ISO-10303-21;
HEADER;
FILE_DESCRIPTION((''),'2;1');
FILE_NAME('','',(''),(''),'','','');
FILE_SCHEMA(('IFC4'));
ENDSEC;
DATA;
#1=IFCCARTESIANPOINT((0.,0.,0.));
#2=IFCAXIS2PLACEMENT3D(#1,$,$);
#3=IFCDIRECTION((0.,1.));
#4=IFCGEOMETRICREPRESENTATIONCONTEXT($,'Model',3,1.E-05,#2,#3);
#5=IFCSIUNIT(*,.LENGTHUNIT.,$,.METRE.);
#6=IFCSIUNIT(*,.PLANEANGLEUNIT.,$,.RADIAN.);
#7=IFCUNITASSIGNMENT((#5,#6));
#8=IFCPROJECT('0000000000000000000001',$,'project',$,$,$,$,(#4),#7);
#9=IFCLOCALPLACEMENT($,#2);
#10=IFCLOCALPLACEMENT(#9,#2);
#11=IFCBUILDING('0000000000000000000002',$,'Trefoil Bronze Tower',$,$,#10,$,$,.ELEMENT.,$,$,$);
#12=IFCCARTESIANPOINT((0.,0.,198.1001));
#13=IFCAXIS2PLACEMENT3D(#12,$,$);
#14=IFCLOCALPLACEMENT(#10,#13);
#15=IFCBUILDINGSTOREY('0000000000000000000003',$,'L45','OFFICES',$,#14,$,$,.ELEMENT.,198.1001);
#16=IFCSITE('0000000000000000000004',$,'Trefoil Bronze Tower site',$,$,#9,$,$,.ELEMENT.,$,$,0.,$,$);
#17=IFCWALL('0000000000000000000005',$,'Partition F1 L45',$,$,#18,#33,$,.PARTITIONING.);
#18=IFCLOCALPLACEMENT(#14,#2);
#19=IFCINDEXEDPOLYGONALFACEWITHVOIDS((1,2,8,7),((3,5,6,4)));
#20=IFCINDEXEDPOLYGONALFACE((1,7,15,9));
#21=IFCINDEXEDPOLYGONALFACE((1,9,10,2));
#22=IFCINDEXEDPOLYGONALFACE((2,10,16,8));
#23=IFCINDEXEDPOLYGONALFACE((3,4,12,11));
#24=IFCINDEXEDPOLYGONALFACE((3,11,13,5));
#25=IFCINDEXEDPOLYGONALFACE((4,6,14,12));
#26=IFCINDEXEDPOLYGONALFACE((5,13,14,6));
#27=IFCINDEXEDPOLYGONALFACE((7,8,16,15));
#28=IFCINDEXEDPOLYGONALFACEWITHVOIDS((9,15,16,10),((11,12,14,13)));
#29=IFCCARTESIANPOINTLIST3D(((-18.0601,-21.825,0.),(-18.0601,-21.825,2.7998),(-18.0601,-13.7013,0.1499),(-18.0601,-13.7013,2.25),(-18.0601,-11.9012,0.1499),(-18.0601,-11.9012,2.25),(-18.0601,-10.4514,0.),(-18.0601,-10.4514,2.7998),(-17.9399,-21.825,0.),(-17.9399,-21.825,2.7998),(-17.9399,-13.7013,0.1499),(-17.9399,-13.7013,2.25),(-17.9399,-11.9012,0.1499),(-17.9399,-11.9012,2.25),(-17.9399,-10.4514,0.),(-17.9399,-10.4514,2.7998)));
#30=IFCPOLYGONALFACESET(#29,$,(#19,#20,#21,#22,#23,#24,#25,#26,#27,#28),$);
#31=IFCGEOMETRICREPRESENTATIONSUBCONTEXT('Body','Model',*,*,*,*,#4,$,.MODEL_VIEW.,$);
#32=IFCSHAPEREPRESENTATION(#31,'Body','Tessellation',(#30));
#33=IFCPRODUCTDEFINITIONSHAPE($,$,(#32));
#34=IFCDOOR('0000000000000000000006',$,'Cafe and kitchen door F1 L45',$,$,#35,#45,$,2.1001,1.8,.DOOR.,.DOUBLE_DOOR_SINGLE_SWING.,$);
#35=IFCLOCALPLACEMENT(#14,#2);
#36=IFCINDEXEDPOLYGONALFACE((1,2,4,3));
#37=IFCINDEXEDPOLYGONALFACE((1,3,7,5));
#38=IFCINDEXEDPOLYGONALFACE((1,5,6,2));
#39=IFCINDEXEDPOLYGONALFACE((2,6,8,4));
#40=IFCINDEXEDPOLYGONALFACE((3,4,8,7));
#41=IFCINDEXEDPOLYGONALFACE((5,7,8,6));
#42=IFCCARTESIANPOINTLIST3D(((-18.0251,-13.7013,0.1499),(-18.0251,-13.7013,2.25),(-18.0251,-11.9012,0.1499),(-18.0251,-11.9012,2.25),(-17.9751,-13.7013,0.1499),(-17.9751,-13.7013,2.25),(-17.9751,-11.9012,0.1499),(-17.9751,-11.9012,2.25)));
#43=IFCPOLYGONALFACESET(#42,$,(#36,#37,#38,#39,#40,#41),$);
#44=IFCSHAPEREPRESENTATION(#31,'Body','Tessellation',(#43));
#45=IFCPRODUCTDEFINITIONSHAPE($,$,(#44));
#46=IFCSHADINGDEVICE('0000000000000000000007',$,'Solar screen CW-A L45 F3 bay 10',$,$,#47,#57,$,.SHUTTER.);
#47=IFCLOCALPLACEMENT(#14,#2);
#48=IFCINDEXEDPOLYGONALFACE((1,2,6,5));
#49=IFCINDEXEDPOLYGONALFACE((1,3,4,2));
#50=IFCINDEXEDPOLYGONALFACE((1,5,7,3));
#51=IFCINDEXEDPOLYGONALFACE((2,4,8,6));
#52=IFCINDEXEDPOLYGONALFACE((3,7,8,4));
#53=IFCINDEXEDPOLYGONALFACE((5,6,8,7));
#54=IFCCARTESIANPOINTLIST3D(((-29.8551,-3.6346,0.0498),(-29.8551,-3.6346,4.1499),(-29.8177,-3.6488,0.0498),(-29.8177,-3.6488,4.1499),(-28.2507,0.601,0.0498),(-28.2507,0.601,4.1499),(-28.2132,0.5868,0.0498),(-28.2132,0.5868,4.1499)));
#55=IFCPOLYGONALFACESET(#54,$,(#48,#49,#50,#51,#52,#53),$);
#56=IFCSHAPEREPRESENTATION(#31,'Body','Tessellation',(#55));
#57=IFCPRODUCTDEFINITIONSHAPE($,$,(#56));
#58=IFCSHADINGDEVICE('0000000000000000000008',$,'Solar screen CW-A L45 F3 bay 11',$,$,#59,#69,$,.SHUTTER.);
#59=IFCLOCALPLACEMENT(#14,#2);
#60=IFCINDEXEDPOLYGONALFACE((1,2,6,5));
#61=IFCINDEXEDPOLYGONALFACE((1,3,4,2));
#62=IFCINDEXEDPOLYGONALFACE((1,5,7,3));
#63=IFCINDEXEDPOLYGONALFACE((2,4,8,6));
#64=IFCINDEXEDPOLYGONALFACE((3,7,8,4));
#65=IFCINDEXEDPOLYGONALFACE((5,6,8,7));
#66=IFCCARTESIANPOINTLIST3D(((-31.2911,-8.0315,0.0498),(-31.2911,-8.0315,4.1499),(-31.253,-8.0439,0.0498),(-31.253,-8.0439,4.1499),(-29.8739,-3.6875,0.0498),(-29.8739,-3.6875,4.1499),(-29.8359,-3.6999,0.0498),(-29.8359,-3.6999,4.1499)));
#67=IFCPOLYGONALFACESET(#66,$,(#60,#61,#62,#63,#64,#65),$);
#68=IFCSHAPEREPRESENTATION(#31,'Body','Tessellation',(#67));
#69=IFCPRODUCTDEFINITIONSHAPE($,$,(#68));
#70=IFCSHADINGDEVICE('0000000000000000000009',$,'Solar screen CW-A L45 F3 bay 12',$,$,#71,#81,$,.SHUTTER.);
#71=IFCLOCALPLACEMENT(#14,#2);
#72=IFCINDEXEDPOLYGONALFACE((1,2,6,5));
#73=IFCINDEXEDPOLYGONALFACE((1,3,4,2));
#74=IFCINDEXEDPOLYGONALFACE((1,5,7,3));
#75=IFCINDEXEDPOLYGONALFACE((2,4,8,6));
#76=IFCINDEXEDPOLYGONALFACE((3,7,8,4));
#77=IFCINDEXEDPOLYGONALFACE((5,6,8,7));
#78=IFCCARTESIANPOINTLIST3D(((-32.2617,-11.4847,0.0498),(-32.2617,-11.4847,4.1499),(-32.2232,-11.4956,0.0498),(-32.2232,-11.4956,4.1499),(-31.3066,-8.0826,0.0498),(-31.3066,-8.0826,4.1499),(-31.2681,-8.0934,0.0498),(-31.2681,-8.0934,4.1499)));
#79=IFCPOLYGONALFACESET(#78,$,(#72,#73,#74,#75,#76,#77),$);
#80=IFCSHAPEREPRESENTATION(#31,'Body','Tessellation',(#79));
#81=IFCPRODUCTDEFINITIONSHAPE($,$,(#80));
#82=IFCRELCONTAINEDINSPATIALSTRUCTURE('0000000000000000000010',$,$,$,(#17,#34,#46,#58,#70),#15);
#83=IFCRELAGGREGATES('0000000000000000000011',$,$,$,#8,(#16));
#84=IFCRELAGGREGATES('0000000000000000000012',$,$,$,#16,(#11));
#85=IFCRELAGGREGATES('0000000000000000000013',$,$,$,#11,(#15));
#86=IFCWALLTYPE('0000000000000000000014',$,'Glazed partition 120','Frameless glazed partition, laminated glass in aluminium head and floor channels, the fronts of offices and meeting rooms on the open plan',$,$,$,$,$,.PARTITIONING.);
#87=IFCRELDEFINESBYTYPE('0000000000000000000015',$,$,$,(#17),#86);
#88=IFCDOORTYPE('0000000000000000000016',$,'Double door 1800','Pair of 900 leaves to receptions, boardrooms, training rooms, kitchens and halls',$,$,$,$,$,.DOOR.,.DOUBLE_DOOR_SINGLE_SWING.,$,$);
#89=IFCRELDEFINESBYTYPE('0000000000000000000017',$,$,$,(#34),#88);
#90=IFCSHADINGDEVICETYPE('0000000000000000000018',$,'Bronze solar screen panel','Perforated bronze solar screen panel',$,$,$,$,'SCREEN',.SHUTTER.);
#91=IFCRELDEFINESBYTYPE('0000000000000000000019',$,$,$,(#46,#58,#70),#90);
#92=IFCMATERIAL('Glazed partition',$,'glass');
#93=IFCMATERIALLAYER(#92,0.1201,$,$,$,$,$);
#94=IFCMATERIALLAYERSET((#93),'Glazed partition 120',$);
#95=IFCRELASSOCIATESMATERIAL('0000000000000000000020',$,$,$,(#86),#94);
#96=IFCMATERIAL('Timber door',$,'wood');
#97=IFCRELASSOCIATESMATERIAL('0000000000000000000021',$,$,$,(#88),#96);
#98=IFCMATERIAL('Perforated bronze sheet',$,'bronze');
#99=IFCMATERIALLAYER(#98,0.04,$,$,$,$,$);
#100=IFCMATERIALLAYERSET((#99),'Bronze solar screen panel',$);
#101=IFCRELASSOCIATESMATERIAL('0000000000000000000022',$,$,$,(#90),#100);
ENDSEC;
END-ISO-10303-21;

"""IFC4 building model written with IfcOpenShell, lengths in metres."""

from ifc_helpers import new_model, si_unit, direction, frame, frame_2d, origin, origin_2d, place, context, subcontext, project, spatial, rectangle, extrude, material, layer, layer_set, type_object, element, fill, save


model = new_model("IFC4")

# Units and contexts
model_context = context("Model", 3, precision=1e-05, world=origin(), true_north=direction((0.0, 1.0)))
body_context = subcontext(model_context, "Body", "Model", "MODEL_VIEW")
ifc_project = project(units=[si_unit("LENGTHUNIT", "METRE"), si_unit("PLANEANGLEUNIT", "RADIAN")], contexts=[model_context])

# Site, building, storey
site_placement = place(None, origin())
site = spatial("IfcSite", under=ifc_project, at=site_placement, Name="Trefoil Bronze Tower site", CompositionType="ELEMENT", RefElevation=0.0)
building_placement = place(site_placement, origin())
building = spatial("IfcBuilding", under=site, at=building_placement, Name="Trefoil Bronze Tower", CompositionType="ELEMENT")
storey_placement = place(building_placement, frame((0.0, 0.0, 198.1001)))
storey = spatial("IfcBuildingStorey", under=building, at=storey_placement, Name="L45", Description="OFFICES", CompositionType="ELEMENT", Elevation=198.1001)

# Wall, opening, door
ifc_material_1 = material(Name="Glazed partition", Category="glass")
ifc_layer_1 = layer(ifc_material_1, 0.1201)
ifc_layer_set_1 = layer_set([ifc_layer_1], Name="Glazed partition 120")
wall_type_1 = type_object("IfcWallType", Name="Glazed partition 120", Description="Frameless glazed partition, laminated glass in aluminium head and floor channels, the fronts of offices and meeting rooms on the open plan", PredefinedType="PARTITIONING", material=ifc_layer_set_1)
wall_1_placement = place(storey_placement, frame((-18.0, -10.4514, 0.0), z_axis=(0.0, 0.0, 1.0), x_axis=(0.0, -1.0, 0.0)))
wall_1 = element("IfcWall", 1, at=wall_1_placement, inside=storey, type_object=wall_type_1, Name="Partition F1 L45", PredefinedType="PARTITIONING", context=body_context, shape_type="SweptSolid", body=[
    extrude(rectangle(XDim=11.3735, YDim=0.1201, at=frame_2d((5.6868, 0.0))), origin(), (0.0, 0.0, 1.0), 2.7998),
])
opening_placement = place(wall_1_placement, frame((1.45, 0.0, 0.1499)))
opening = element("IfcOpeningElement", 2, at=opening_placement, cuts=wall_1, PredefinedType="OPENING", context=body_context, shape_type="SweptSolid", body=[
    extrude(rectangle(XDim=1.8, YDim=2.1001, at=frame_2d((0.8999, 1.05))), frame((0.0, 0.0701, 0.0), z_axis=(0.0, -1.0, 0.0), x_axis=(1.0, 0.0, 0.0)), (0.0, 0.0, 1.0), 0.1401),
])
ifc_material_2 = material(Name="Timber door", Category="wood")
door_type = type_object("IfcDoorType", Name="Double door 1800", Description="Pair of 900 leaves to receptions, boardrooms, training rooms, kitchens and halls", OperationType="DOUBLE_DOOR_SINGLE_SWING", PredefinedType="DOOR", material=ifc_material_2)
door_placement = place(opening_placement, origin())
door = element("IfcDoor", 3, at=door_placement, inside=storey, type_object=door_type, Name="Cafe and kitchen door F1 L45", OperationType="DOUBLE_DOOR_SINGLE_SWING", OverallHeight=2.1001, OverallWidth=1.8, PredefinedType="DOOR", context=body_context, shape_type="SweptSolid", body=[
    extrude(rectangle(XDim=1.8, YDim=2.1001, at=frame_2d((0.8999, 1.05))), frame((0.0, 0.0249, 0.0), z_axis=(0.0, -1.0, 0.0), x_axis=(1.0, 0.0, 0.0)), (0.0, 0.0, 1.0), 0.05),
])
fill(opening, door)

# Shading devices
ifc_material_3 = material(Name="Perforated bronze sheet", Category="bronze")
ifc_layer_2 = layer(ifc_material_3, 0.04)
ifc_layer_set_2 = layer_set([ifc_layer_2], Name="Bronze solar screen panel")
shading_device_type = type_object("IfcShadingDeviceType", Name="Bronze solar screen panel", Description="Perforated bronze solar screen panel", ElementType="SCREEN", PredefinedType="SHUTTER", material=ifc_layer_set_2)
shading_device_1_placement = place(storey_placement, frame((-29.0342, -1.5239, 0.0498), z_axis=(0.0, 0.0, 1.0), x_axis=(-0.354234, -0.935157, 0.0)))
element("IfcShadingDevice", 4, at=shading_device_1_placement, inside=storey, type_object=shading_device_type, Name="Solar screen CW-A L45 F3 bay 10", PredefinedType="SHUTTER", context=body_context, shape_type="SweptSolid", body=[
    extrude(rectangle(XDim=4.5293, YDim=0.04, at=origin_2d()), origin(), (0.0, 0.0, 1.0), 4.1001),
])
shading_device_2_placement = place(storey_placement, frame((-30.5635, -5.8657, 0.0498), z_axis=(0.0, 0.0, 1.0), x_axis=(-0.310149, -0.950688, 0.0)))
element("IfcShadingDevice", 5, at=shading_device_2_placement, inside=storey, type_object=shading_device_type, Name="Solar screen CW-A L45 F3 bay 11", PredefinedType="SHUTTER", context=body_context, shape_type="SweptSolid", body=[
    extrude(rectangle(XDim=4.5693, YDim=0.04, at=origin_2d()), origin(), (0.0, 0.0, 1.0), 4.1001),
])
shading_device_3_placement = place(storey_placement, frame((-31.7649, -9.7891, 0.0498), z_axis=(0.0, 0.0, 1.0), x_axis=(-0.270282, -0.962781, 0.0)))
element("IfcShadingDevice", 6, at=shading_device_3_placement, inside=storey, type_object=shading_device_type, Name="Solar screen CW-A L45 F3 bay 12", PredefinedType="SHUTTER", context=body_context, shape_type="SweptSolid", body=[
    extrude(rectangle(XDim=3.5337, YDim=0.04, at=origin_2d()), origin(), (0.0, 0.0, 1.0), 4.1001),
])

save(model, "model.ifc")
